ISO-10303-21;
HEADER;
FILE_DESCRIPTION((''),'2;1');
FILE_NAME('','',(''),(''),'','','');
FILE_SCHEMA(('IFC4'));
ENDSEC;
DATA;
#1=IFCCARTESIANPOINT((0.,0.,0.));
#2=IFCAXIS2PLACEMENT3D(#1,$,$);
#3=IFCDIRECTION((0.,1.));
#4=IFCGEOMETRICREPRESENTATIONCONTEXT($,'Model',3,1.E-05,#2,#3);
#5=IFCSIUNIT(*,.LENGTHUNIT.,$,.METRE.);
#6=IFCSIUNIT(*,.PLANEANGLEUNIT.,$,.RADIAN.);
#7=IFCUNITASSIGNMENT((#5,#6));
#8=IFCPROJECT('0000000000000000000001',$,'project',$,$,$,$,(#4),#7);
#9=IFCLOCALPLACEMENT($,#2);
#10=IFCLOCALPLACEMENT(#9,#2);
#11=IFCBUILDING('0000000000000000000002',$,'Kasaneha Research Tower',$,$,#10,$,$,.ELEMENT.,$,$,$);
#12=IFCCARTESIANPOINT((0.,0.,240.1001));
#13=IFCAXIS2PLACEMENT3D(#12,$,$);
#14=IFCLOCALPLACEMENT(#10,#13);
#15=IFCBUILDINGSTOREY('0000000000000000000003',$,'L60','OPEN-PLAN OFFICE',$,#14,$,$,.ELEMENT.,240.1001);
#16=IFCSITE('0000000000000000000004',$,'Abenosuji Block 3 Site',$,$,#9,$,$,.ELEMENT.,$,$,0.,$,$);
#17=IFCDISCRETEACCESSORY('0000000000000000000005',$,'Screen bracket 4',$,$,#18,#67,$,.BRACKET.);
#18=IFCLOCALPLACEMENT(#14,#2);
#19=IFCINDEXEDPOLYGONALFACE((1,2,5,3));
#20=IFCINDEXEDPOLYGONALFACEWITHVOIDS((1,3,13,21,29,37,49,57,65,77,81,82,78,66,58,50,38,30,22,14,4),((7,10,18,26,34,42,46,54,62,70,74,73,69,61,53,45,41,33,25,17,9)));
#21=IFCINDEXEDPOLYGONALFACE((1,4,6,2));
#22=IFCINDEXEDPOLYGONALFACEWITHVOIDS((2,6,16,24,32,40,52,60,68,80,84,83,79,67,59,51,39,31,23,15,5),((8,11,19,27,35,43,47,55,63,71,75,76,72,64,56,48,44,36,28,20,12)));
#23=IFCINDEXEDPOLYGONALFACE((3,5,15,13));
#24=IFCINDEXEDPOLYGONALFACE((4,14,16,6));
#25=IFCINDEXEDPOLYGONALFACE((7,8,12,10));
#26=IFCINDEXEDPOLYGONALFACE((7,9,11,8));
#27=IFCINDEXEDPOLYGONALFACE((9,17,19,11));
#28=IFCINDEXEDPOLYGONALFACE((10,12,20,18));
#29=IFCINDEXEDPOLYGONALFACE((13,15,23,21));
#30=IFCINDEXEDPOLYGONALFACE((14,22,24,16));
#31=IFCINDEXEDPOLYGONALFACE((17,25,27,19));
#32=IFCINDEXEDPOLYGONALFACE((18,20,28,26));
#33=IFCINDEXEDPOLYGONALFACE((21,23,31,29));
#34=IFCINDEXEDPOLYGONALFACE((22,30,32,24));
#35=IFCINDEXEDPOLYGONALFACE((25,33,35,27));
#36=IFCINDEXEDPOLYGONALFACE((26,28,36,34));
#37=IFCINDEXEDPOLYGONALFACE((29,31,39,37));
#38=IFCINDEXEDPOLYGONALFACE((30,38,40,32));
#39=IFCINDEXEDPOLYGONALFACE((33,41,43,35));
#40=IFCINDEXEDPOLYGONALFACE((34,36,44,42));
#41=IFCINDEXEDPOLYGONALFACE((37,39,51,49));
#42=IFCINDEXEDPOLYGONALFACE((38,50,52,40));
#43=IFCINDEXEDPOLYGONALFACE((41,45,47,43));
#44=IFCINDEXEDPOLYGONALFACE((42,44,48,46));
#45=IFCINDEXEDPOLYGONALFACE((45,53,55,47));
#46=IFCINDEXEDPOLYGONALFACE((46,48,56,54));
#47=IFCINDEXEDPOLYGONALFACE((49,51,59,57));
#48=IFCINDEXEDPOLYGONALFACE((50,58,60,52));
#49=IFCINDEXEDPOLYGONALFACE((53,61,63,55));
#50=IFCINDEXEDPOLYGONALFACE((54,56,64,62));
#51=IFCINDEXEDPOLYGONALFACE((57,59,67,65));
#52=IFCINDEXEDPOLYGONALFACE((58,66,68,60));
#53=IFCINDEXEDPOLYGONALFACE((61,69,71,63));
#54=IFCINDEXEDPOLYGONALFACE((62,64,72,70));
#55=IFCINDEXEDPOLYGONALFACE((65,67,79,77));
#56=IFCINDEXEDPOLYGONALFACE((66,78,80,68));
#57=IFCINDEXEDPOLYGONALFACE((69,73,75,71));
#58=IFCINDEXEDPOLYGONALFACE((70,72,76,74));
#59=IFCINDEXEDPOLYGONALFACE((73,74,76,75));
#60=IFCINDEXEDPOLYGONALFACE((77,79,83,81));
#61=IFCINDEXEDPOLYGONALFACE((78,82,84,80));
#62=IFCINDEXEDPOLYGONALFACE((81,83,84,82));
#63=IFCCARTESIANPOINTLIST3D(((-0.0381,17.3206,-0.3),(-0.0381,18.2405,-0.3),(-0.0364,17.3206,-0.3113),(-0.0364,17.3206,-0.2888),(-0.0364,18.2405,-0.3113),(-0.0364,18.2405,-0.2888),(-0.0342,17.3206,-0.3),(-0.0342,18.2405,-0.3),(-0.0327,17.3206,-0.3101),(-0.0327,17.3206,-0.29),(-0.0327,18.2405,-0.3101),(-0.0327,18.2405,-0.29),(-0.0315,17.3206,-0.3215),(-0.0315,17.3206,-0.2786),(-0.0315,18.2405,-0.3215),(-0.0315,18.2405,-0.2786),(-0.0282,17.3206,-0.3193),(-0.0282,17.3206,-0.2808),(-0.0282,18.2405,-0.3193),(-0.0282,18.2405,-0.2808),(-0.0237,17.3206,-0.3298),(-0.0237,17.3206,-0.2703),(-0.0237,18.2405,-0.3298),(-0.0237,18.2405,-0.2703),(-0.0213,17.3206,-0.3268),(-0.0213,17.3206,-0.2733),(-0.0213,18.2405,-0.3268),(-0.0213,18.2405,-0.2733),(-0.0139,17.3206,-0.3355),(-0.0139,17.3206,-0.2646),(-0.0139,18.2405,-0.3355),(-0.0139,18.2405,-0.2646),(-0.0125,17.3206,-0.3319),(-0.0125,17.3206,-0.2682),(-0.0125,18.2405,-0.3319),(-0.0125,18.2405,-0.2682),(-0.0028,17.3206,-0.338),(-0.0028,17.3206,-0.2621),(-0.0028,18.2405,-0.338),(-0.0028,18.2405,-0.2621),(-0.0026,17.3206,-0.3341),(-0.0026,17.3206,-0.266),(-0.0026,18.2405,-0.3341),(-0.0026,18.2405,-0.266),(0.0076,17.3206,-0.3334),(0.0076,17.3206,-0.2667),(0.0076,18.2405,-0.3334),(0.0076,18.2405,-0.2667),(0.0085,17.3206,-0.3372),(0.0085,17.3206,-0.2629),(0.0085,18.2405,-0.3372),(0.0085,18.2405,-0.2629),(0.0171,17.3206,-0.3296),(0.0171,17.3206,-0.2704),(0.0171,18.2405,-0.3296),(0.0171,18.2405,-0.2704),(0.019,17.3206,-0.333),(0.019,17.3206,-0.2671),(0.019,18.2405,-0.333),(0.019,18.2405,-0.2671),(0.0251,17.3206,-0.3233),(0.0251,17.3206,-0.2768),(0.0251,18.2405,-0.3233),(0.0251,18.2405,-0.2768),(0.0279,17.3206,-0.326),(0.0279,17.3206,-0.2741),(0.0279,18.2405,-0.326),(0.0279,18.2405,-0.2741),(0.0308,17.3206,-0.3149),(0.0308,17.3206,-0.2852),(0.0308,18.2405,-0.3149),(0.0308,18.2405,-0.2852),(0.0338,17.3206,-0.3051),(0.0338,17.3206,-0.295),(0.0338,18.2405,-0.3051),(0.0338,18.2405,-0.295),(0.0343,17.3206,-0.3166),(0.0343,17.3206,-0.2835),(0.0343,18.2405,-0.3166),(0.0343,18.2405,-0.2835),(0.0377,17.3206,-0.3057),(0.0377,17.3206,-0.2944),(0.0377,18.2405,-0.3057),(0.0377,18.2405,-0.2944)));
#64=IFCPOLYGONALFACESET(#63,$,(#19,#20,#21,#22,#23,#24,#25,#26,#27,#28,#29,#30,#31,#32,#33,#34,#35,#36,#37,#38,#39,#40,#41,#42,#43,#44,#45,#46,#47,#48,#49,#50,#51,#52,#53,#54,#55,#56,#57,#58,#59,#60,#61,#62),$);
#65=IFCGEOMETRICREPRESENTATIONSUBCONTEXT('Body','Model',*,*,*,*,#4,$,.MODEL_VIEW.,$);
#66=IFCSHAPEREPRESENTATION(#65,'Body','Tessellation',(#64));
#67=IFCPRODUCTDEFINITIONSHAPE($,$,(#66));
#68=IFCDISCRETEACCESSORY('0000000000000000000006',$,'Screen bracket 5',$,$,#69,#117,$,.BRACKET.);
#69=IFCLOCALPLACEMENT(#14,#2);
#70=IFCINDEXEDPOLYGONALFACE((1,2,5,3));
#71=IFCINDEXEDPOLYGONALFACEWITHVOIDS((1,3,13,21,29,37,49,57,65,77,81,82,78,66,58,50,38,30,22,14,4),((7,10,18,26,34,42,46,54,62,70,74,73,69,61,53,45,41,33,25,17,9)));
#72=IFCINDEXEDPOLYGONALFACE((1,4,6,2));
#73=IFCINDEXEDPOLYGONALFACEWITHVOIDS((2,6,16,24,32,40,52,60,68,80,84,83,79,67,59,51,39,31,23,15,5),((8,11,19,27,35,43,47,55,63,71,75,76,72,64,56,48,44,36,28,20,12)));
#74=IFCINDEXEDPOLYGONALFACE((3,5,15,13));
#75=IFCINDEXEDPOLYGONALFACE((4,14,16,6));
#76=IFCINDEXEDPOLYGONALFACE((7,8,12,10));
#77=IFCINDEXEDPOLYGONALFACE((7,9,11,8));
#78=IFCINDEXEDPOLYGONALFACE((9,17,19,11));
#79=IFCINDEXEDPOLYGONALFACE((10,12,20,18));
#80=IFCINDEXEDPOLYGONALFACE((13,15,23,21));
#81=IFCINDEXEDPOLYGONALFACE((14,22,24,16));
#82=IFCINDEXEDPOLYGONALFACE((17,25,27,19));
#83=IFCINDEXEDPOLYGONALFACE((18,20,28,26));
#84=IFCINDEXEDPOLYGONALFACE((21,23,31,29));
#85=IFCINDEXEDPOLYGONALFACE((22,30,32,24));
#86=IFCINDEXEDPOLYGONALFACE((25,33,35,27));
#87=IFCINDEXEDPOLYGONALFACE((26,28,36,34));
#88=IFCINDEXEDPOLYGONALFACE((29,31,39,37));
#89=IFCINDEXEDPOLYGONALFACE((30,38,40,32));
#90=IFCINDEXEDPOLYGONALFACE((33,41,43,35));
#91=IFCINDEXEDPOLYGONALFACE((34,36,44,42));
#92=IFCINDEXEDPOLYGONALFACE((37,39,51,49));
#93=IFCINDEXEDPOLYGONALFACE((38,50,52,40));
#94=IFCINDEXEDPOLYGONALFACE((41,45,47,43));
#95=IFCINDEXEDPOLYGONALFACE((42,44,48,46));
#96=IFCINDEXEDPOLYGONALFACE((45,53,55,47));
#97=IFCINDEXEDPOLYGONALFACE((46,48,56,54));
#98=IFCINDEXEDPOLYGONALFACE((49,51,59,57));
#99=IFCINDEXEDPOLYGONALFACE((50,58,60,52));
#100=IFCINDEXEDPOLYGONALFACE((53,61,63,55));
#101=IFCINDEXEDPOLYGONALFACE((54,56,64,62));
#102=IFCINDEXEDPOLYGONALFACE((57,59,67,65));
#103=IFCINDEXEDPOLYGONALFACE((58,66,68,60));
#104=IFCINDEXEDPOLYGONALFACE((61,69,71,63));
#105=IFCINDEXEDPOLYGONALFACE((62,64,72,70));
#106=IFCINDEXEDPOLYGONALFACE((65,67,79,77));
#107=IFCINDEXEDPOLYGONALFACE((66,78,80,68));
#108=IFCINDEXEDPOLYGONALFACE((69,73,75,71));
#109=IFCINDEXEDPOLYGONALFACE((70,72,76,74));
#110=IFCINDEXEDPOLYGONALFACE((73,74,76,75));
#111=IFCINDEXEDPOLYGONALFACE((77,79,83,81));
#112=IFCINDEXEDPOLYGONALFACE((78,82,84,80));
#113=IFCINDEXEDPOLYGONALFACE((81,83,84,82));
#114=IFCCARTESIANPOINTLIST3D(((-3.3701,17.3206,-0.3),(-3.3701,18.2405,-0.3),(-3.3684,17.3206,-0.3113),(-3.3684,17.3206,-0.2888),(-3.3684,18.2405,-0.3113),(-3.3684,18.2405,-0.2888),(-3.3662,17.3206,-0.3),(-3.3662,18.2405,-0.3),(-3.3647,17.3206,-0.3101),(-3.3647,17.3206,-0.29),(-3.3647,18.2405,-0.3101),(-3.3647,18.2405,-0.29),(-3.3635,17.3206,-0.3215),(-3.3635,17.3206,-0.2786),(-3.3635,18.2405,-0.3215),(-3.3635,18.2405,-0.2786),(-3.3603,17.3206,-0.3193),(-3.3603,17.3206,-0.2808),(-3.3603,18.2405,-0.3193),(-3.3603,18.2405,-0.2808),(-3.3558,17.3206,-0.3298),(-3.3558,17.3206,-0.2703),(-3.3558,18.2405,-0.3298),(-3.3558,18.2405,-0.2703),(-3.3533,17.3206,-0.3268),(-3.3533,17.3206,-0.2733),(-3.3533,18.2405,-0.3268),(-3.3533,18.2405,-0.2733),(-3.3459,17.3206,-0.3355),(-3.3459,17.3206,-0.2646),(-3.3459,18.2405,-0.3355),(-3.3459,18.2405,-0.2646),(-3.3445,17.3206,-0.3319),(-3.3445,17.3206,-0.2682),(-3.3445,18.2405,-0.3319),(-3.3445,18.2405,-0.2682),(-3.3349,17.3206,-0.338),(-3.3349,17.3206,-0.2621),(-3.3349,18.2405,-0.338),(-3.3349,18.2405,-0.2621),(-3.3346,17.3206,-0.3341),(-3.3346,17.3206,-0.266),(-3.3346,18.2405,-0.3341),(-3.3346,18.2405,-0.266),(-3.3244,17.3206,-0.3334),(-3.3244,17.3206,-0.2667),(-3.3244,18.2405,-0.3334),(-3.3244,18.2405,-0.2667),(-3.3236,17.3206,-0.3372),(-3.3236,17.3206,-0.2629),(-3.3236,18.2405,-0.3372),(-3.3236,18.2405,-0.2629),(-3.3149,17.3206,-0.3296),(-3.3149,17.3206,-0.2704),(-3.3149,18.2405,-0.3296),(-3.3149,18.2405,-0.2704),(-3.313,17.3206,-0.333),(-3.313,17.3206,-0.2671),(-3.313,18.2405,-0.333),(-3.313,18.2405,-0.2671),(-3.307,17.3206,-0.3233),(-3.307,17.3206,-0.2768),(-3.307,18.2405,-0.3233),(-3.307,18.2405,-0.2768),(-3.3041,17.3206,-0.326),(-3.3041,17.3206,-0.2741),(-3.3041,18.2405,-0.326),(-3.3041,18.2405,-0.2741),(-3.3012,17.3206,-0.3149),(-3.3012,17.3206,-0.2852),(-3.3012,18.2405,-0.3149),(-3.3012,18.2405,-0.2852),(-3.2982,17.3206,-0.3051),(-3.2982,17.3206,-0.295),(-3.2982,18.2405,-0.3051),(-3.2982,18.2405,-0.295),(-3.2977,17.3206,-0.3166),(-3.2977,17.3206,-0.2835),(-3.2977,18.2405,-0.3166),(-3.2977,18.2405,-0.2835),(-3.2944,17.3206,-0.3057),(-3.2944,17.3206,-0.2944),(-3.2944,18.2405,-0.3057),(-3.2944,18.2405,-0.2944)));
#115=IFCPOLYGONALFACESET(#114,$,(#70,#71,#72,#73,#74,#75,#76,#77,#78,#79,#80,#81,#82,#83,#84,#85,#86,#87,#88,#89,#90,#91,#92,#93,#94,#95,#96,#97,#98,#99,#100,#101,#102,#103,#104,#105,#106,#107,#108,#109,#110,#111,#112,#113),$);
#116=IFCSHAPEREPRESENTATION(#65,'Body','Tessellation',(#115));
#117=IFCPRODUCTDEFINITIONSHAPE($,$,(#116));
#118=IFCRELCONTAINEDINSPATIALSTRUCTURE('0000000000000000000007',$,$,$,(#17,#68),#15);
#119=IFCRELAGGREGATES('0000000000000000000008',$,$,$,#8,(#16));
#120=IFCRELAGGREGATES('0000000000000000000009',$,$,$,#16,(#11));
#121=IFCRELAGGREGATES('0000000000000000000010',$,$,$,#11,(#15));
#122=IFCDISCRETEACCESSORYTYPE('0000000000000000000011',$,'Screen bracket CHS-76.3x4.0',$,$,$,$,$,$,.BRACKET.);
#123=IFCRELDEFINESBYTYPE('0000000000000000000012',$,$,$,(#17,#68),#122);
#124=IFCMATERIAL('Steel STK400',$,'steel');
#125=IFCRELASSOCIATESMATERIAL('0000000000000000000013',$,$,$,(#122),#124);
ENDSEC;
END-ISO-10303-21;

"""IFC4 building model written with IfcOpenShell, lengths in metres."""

from ifc_helpers import new_model, si_unit, direction, frame, origin, origin_2d, place, context, subcontext, project, spatial, hollow_circle, extrude, material, material_profile, profile_set, type_object, element, save


model = new_model("IFC4")

# Units and contexts
model_context = context("Model", 3, precision=1e-05, world=origin(), true_north=direction((0.0, 1.0)))
body_context = subcontext(model_context, "Body", "Model", "MODEL_VIEW")
ifc_project = project(units=[si_unit("LENGTHUNIT", "METRE"), si_unit("PLANEANGLEUNIT", "RADIAN")], contexts=[model_context])

# Site, building, storey
site_placement = place(None, origin())
site = spatial("IfcSite", under=ifc_project, at=site_placement, Name="Abenosuji Block 3 Site", CompositionType="ELEMENT", RefElevation=0.0)
building_placement = place(site_placement, origin())
building = spatial("IfcBuilding", under=site, at=building_placement, Name="Kasaneha Research Tower", CompositionType="ELEMENT")
storey_placement = place(building_placement, frame((0.0, 0.0, 240.1001)))
storey = spatial("IfcBuildingStorey", under=building, at=storey_placement, Name="L60", Description="OPEN-PLAN OFFICE", CompositionType="ELEMENT", Elevation=240.1001)

# Discrete accessories
ifc_material_1 = material(Name="Steel STK400", Category="steel")
ifc_material_profile_1 = material_profile(ifc_material_1, hollow_circle(Radius=0.0381, WallThickness=0.0039, at=origin_2d()), Name="CHS-76.3x4.0")
ifc_profile_set_1 = profile_set([ifc_material_profile_1], Name="Steel STK400")
discrete_accessory_type = type_object("IfcDiscreteAccessoryType", Name="Screen bracket CHS-76.3x4.0", PredefinedType="BRACKET", material=ifc_profile_set_1)
for number, where, z_axis, x_axis, name in (
    (1, (0.0, 17.3206, -0.3), (0.0, 1.0, 0.0), (-1.0, 0.0, 0.0), "Screen bracket 4"),
    (2, (-3.332, 17.3206, -0.3), (0.0, 1.0, 0.0), (-1.0, 0.0, 0.0), "Screen bracket 5"),
):
    element("IfcDiscreteAccessory", number, at=place(storey_placement, frame(where, z_axis=z_axis, x_axis=x_axis)), inside=storey, type_object=discrete_accessory_type, Name=name, PredefinedType="BRACKET", context=body_context, shape_type="SweptSolid", body=[
        extrude(hollow_circle(Radius=0.0381, WallThickness=0.0039, at=origin_2d()), origin(), (0.0, 0.0, 1.0), 0.9199),
    ])

save(model, "model.ifc")
